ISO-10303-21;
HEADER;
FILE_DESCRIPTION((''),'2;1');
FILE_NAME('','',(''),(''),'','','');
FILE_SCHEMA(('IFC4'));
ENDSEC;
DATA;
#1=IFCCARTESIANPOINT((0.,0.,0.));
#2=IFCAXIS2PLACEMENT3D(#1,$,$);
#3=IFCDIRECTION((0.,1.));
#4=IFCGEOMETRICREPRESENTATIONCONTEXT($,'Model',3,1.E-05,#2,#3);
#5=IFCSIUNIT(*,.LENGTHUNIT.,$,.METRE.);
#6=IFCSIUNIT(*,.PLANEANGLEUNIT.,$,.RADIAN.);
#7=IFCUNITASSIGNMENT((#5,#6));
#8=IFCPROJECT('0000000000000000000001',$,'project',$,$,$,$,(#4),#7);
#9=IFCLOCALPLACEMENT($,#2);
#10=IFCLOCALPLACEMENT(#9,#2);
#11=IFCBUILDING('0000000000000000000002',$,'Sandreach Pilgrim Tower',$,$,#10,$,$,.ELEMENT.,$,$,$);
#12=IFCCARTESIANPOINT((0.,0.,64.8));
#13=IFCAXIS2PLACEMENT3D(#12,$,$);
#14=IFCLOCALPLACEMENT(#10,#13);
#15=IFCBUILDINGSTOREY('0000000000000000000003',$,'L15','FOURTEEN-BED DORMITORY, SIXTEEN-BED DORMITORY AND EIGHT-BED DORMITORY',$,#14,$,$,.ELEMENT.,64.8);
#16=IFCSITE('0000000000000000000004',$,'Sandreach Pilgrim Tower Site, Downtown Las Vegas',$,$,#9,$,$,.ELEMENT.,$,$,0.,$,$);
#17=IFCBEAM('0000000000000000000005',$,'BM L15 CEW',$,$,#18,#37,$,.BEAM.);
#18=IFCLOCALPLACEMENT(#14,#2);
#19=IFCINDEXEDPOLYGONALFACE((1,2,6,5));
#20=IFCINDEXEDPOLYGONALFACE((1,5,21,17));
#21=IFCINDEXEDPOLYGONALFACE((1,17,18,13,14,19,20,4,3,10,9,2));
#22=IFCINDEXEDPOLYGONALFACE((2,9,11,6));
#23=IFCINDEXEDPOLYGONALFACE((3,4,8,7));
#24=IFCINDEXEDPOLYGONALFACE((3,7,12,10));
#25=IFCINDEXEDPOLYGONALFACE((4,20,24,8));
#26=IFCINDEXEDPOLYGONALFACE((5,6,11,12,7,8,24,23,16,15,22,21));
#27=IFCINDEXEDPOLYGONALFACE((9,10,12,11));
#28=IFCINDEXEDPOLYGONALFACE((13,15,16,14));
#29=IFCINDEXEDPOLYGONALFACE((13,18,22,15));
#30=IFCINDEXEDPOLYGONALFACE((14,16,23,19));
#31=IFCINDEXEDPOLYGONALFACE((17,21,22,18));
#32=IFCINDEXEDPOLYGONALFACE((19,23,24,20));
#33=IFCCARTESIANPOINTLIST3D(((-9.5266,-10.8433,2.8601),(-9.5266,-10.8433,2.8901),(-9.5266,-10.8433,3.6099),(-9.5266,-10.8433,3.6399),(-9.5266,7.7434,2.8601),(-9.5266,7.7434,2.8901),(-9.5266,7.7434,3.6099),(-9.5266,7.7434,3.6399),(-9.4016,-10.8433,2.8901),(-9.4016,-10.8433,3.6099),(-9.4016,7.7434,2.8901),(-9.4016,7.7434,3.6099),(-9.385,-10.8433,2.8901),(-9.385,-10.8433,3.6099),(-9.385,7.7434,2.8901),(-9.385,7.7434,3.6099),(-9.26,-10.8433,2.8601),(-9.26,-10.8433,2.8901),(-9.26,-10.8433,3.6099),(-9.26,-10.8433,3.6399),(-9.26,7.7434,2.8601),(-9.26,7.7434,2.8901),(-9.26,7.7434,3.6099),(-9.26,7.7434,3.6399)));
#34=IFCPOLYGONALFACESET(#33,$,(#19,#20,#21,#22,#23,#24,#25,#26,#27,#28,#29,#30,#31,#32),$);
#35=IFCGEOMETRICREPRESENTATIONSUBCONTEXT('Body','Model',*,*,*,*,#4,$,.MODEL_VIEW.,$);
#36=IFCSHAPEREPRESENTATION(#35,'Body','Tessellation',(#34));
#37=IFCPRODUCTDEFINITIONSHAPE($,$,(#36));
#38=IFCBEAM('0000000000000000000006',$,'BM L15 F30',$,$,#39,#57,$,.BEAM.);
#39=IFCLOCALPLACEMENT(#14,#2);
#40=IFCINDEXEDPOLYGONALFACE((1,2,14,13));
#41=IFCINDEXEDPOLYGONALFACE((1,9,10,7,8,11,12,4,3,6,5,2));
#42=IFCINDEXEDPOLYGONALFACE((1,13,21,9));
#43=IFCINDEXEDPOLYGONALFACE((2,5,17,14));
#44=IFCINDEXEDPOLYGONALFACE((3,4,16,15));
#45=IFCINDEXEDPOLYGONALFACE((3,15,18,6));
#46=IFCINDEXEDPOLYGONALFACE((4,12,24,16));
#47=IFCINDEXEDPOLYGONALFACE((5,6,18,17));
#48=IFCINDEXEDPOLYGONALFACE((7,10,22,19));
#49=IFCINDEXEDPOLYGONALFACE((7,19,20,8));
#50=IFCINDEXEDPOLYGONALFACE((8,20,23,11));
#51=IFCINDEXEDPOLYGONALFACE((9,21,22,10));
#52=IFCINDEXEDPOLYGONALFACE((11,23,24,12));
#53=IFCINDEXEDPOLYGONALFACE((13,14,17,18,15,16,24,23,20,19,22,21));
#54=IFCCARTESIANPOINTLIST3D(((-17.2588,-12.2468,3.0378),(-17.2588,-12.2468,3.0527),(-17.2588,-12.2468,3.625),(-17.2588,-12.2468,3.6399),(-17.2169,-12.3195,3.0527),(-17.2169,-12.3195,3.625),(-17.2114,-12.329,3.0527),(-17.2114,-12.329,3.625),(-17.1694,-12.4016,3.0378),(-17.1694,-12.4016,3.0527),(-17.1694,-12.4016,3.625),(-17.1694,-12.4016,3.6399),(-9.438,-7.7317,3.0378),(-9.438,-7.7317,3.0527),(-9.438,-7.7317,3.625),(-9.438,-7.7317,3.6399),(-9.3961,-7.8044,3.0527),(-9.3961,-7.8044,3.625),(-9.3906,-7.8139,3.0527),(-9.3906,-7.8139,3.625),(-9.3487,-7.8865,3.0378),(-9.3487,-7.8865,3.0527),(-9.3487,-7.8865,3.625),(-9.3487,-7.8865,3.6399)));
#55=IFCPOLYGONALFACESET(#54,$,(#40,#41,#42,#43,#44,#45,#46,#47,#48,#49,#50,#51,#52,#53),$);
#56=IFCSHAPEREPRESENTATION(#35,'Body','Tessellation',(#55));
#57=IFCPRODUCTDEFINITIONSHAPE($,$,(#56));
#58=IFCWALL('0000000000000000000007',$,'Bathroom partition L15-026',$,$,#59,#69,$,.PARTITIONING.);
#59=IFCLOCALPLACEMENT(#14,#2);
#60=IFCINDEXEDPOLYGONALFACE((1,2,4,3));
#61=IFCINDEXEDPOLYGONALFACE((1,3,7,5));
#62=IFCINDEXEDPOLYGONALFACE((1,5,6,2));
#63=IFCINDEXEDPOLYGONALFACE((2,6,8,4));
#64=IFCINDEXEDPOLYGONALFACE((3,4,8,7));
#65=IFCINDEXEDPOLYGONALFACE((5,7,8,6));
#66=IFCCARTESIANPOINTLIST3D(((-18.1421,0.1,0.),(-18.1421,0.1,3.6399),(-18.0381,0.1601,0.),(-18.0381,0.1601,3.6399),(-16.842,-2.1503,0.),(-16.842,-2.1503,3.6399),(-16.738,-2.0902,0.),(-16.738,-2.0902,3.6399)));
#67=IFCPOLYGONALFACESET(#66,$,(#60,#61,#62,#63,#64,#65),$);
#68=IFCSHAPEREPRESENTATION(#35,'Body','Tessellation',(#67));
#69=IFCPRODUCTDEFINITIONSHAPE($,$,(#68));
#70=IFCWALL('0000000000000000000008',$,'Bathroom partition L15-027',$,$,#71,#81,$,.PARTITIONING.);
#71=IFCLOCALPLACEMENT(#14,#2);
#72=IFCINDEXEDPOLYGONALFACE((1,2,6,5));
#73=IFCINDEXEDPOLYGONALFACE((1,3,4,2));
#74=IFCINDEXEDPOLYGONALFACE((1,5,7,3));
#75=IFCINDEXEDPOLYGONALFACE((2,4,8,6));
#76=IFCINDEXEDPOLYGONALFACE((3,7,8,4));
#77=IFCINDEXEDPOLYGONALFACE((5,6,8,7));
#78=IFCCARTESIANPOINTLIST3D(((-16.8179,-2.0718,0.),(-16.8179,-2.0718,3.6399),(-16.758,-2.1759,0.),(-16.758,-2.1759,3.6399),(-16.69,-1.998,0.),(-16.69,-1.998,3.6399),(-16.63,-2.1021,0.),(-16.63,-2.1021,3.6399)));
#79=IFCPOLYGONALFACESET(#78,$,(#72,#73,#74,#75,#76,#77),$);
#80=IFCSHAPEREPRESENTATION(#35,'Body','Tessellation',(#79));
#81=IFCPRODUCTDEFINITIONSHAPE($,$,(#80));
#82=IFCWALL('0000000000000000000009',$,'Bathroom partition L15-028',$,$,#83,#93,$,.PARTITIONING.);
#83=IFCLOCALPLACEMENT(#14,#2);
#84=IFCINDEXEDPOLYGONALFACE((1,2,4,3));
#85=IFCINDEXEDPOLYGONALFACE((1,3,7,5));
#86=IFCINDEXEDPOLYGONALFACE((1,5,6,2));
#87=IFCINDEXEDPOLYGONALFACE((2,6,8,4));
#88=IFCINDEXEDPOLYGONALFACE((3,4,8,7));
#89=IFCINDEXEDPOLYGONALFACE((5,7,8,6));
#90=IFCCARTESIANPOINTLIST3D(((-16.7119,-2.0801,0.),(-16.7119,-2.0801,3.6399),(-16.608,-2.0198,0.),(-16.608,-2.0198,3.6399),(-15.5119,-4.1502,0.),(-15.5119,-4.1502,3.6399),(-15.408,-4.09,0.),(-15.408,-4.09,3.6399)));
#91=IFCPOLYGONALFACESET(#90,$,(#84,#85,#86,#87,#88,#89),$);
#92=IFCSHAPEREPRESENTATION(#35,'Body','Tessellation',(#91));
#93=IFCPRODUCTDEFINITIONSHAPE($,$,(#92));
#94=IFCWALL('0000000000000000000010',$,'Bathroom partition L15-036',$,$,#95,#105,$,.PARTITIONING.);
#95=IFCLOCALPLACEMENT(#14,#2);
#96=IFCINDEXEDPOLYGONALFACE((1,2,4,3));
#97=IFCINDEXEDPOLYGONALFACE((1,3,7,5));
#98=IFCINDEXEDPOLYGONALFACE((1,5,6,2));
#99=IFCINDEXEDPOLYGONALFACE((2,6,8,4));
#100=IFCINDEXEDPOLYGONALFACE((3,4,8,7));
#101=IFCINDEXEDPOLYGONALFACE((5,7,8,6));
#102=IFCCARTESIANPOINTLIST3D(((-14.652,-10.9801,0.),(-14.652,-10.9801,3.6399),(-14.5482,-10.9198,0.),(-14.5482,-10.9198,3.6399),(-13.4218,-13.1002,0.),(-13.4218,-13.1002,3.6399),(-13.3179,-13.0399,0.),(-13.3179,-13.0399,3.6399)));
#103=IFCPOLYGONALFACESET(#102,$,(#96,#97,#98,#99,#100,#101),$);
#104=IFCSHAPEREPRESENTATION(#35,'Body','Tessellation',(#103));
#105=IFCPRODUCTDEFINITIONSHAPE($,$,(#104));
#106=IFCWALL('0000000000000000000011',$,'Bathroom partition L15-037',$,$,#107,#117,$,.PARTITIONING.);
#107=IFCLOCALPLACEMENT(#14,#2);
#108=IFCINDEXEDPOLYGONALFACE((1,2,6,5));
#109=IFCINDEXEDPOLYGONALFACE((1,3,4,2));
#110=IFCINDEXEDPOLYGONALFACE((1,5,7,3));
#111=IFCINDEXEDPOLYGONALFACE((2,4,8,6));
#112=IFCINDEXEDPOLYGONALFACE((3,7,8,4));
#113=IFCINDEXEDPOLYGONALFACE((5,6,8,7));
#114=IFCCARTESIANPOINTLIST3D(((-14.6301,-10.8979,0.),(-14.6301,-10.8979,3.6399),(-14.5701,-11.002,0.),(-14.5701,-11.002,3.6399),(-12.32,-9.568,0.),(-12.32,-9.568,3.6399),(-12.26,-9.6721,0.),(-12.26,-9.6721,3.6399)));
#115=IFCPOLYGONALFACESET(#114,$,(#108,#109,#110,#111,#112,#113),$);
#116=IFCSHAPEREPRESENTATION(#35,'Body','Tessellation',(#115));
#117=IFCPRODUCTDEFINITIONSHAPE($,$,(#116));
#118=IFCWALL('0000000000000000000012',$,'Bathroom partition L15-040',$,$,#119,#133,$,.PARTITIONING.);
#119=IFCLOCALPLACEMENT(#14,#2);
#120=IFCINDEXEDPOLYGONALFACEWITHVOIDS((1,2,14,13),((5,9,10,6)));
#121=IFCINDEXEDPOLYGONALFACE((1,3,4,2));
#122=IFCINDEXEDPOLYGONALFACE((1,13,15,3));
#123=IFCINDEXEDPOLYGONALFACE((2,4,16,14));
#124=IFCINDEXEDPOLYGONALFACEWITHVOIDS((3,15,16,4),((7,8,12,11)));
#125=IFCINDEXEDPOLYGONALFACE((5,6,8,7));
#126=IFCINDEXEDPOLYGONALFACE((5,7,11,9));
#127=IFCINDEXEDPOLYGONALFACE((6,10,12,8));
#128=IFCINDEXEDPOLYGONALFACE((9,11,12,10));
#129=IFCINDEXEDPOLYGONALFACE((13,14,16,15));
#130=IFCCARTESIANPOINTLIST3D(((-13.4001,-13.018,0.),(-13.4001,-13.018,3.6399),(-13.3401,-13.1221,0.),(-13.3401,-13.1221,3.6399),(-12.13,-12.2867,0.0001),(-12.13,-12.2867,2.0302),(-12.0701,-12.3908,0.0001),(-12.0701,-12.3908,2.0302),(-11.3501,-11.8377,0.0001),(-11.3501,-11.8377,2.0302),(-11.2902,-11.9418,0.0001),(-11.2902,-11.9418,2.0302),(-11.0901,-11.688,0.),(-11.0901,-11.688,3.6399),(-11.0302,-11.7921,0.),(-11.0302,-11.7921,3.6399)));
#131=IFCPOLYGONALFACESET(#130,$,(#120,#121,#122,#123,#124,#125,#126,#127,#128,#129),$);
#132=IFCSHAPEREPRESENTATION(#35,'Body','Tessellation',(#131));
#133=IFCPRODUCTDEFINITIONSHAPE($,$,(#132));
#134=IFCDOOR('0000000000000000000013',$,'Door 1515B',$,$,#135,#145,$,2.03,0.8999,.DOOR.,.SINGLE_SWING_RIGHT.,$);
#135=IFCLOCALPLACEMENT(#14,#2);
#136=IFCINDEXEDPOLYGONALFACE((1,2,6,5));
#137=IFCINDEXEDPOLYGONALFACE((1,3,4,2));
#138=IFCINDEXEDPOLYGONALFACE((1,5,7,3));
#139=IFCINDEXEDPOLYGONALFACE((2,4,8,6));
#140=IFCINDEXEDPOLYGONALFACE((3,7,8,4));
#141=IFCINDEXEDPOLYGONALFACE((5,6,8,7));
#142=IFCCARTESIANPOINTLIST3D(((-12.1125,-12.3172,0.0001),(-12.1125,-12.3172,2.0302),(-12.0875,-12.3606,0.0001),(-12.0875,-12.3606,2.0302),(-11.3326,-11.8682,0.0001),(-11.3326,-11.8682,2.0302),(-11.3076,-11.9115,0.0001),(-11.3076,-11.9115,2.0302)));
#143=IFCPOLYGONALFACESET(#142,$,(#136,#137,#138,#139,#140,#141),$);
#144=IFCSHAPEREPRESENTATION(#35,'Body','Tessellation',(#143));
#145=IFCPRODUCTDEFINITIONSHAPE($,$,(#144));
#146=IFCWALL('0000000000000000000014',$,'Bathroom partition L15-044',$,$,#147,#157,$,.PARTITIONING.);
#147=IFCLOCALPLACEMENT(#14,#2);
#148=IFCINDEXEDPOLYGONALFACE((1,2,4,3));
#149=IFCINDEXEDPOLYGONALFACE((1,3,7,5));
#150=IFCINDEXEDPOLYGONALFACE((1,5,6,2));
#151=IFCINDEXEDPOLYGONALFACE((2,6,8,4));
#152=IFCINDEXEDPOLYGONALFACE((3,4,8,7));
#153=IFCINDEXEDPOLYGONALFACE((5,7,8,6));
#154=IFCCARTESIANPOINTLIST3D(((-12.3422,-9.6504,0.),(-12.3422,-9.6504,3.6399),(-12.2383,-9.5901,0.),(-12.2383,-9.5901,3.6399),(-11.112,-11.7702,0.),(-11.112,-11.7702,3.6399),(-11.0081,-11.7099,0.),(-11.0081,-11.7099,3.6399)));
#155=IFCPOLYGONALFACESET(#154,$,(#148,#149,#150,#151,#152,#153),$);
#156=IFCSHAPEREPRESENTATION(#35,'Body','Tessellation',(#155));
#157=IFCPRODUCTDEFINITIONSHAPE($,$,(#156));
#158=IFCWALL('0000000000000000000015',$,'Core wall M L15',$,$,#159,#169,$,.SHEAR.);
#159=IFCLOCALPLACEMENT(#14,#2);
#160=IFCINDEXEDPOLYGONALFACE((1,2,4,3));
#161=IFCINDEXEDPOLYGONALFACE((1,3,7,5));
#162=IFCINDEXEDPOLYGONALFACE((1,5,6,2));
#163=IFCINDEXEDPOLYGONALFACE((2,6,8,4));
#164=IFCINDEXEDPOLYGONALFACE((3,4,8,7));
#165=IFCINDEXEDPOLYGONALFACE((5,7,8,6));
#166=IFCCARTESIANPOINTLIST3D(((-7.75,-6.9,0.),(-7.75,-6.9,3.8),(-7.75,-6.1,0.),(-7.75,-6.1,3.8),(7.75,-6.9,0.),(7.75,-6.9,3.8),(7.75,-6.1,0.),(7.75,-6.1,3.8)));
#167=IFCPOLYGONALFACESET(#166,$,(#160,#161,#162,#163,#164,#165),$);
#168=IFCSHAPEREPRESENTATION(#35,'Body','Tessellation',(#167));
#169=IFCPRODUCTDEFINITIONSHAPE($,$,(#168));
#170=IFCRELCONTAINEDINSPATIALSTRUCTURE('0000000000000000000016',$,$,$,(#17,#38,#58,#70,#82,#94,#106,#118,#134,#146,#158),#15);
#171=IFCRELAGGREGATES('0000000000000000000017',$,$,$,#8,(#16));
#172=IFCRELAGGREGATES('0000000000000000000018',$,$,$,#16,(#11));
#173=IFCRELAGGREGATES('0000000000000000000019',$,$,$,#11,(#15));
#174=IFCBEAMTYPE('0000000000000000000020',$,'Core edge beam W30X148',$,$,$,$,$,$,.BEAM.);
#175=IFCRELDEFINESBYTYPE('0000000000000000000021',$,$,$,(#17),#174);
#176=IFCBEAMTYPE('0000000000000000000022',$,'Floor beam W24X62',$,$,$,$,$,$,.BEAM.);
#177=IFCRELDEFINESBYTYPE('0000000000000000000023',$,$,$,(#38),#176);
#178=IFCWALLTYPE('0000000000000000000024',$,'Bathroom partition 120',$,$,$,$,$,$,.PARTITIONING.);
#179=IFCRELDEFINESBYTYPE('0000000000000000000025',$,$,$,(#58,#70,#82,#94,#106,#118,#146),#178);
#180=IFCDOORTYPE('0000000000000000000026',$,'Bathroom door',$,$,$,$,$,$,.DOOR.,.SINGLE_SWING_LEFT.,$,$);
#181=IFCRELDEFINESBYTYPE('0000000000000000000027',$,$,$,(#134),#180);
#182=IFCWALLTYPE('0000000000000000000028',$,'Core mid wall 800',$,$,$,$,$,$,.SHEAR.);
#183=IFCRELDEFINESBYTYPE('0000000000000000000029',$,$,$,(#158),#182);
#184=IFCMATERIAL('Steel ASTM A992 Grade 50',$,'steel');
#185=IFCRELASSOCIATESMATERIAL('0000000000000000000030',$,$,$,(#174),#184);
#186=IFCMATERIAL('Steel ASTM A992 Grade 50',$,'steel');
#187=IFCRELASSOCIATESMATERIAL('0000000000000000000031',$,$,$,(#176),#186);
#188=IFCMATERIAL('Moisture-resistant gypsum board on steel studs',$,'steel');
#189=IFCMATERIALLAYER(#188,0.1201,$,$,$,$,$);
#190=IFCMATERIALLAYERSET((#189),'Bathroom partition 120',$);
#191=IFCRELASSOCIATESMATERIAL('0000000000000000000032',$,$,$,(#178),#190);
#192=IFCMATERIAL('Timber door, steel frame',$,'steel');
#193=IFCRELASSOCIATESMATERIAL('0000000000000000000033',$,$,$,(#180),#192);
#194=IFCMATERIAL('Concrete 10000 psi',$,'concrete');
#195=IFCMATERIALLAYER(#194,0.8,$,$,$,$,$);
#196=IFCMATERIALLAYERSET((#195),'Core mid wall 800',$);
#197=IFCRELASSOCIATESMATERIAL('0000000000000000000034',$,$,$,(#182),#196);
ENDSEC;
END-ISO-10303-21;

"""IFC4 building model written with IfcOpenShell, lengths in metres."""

from ifc_helpers import new_model, si_unit, direction, frame, frame_2d, origin, origin_2d, place, context, subcontext, project, spatial, rectangle, i_section, extrude, material, layer, layer_set, material_profile, profile_set, type_object, element, fill, save


model = new_model("IFC4")

# Units and contexts
model_context = context("Model", 3, precision=1e-05, world=origin(), true_north=direction((0.0, 1.0)))
body_context = subcontext(model_context, "Body", "Model", "MODEL_VIEW")
ifc_project = project(units=[si_unit("LENGTHUNIT", "METRE"), si_unit("PLANEANGLEUNIT", "RADIAN")], contexts=[model_context])

# Site, building, storey
site_placement = place(None, origin())
site = spatial("IfcSite", under=ifc_project, at=site_placement, Name="Sandreach Pilgrim Tower Site, Downtown Las Vegas", CompositionType="ELEMENT", RefElevation=0.0)
building_placement = place(site_placement, origin())
building = spatial("IfcBuilding", under=site, at=building_placement, Name="Sandreach Pilgrim Tower", CompositionType="ELEMENT")
storey_placement = place(building_placement, frame((0.0, 0.0, 64.8)))
storey = spatial("IfcBuildingStorey", under=building, at=storey_placement, Name="L15", Description="FOURTEEN-BED DORMITORY, SIXTEEN-BED DORMITORY AND EIGHT-BED DORMITORY", CompositionType="ELEMENT", Elevation=64.8)

# Beams
ifc_material_1 = material(Name="Steel ASTM A992 Grade 50", Category="steel")
ifc_material_profile_1 = material_profile(ifc_material_1, i_section(OverallWidth=0.2666, OverallDepth=0.7798, WebThickness=0.0166, FlangeThickness=0.03, at=origin_2d()), Name="W30X148")
ifc_profile_set_1 = profile_set([ifc_material_profile_1], Name="Steel ASTM A992 Grade 50")
beam_type_1 = type_object("IfcBeamType", Name="Core edge beam W30X148", PredefinedType="BEAM", material=ifc_profile_set_1)
beam_1_placement = place(storey_placement, frame((-9.3933, -10.8433, 3.25), z_axis=(0.0, 1.0, 0.0), x_axis=(-1.0, 0.0, 0.0)))
element("IfcBeam", 1, at=beam_1_placement, inside=storey, type_object=beam_type_1, Name="BM L15 CEW", PredefinedType="BEAM", context=body_context, shape_type="SweptSolid", body=[
    extrude(i_section(OverallWidth=0.2666, OverallDepth=0.7798, WebThickness=0.0166, FlangeThickness=0.03, at=origin_2d()), origin(), (0.0, 0.0, 1.0), 18.5867),
])
ifc_material_2 = material(Name="Steel ASTM A992 Grade 50", Category="steel")
ifc_material_profile_2 = material_profile(ifc_material_2, i_section(OverallWidth=0.1787, OverallDepth=0.6021, WebThickness=0.011, FlangeThickness=0.0149, at=origin_2d()), Name="W24X62")
ifc_profile_set_2 = profile_set([ifc_material_profile_2], Name="Steel ASTM A992 Grade 50")
beam_type_2 = type_object("IfcBeamType", Name="Floor beam W24X62", PredefinedType="BEAM", material=ifc_profile_set_2)
beam_2_placement = place(storey_placement, frame((-17.2141, -12.3242, 3.3389), z_axis=(0.866035, 0.499983, 0.0), x_axis=(-0.499983, 0.866035, 0.0)))
element("IfcBeam", 2, at=beam_2_placement, inside=storey, type_object=beam_type_2, Name="BM L15 F30", PredefinedType="BEAM", context=body_context, shape_type="SweptSolid", body=[
    extrude(i_section(OverallWidth=0.1787, OverallDepth=0.6021, WebThickness=0.011, FlangeThickness=0.0149, at=origin_2d()), origin(), (0.0, 0.0, 1.0), 9.0305),
])

# Walls
ifc_material_3 = material(Name="Moisture-resistant gypsum board on steel studs", Category="steel")
ifc_layer_1 = layer(ifc_material_3, 0.1201)
ifc_layer_set_1 = layer_set([ifc_layer_1], Name="Bathroom partition 120")
wall_type_1 = type_object("IfcWallType", Name="Bathroom partition 120", PredefinedType="PARTITIONING", material=ifc_layer_set_1)
wall_1_placement = place(storey_placement, frame((-16.79, -2.1201, 0.0), z_axis=(0.0, 0.0, 1.0), x_axis=(-0.500251, 0.86588, 0.0)))
element("IfcWall", 3, at=wall_1_placement, inside=storey, type_object=wall_type_1, Name="Bathroom partition L15-026", PredefinedType="PARTITIONING", context=body_context, shape_type="SweptSolid", body=[
    extrude(rectangle(XDim=2.5989, YDim=0.1201, at=frame_2d((1.2993, 0.0))), origin(), (0.0, 0.0, 1.0), 3.6399),
])
wall_2_placement = place(storey_placement, frame((-16.7878, -2.1238, 0.0), z_axis=(0.0, 0.0, 1.0), x_axis=(0.866406, 0.499341, 0.0)))
element("IfcWall", 4, at=wall_2_placement, inside=storey, type_object=wall_type_1, Name="Bathroom partition L15-027", PredefinedType="PARTITIONING", context=body_context, shape_type="SweptSolid", body=[
    extrude(rectangle(XDim=0.1477, YDim=0.1201, at=frame_2d((0.0737, 0.0))), origin(), (0.0, 0.0, 1.0), 3.6399),
])
wall_3_placement = place(storey_placement, frame((-16.6599, -2.05, 0.0), z_axis=(0.0, 0.0, 1.0), x_axis=(0.501503, -0.865156, 0.0)))
element("IfcWall", 5, at=wall_3_placement, inside=storey, type_object=wall_type_1, Name="Bathroom partition L15-028", PredefinedType="PARTITIONING", context=body_context, shape_type="SweptSolid", body=[
    extrude(rectangle(XDim=2.3928, YDim=0.1201, at=frame_2d((1.1963, 0.0))), origin(), (0.0, 0.0, 1.0), 3.6399),
])
wall_4_placement = place(storey_placement, frame((-14.6001, -10.95, 0.0), z_axis=(0.0, 0.0, 1.0), x_axis=(0.501888, -0.864933, 0.0)))
element("IfcWall", 6, at=wall_4_placement, inside=storey, type_object=wall_type_1, Name="Bathroom partition L15-036", PredefinedType="PARTITIONING", context=body_context, shape_type="SweptSolid", body=[
    extrude(rectangle(XDim=2.4512, YDim=0.1201, at=frame_2d((1.2256, 0.0))), origin(), (0.0, 0.0, 1.0), 3.6399),
])
wall_5_placement = place(storey_placement, frame((-14.6001, -10.95, 0.0), z_axis=(0.0, 0.0, 1.0), x_axis=(0.866655, 0.498908, 0.0)))
element("IfcWall", 7, at=wall_5_placement, inside=storey, type_object=wall_type_1, Name="Bathroom partition L15-037", PredefinedType="PARTITIONING", context=body_context, shape_type="SweptSolid", body=[
    extrude(rectangle(XDim=2.6655, YDim=0.1201, at=frame_2d((1.3328, 0.0))), origin(), (0.0, 0.0, 1.0), 3.6399),
])

# Wall, opening, door
wall_6_placement = place(storey_placement, frame((-13.3701, -13.0701, 0.0), z_axis=(0.0, 0.0, 1.0), x_axis=(0.866615, 0.498977, 0.0)))
wall_6 = element("IfcWall", 8, at=wall_6_placement, inside=storey, type_object=wall_type_1, Name="Bathroom partition L15-040", PredefinedType="PARTITIONING", context=body_context, shape_type="SweptSolid", body=[
    extrude(rectangle(XDim=2.6655, YDim=0.1201, at=frame_2d((1.3328, 0.0))), origin(), (0.0, 0.0, 1.0), 3.6399),
])
opening_1_placement = place(wall_6_placement, frame((1.4656, 0.0, 0.0)))
opening_1 = element("IfcOpeningElement", 9, at=opening_1_placement, cuts=wall_6, PredefinedType="OPENING", context=body_context, shape_type="SweptSolid", body=[
    extrude(rectangle(XDim=0.8999, YDim=2.03, at=frame_2d((0.45, 1.0151))), frame((0.0, 0.0601, 0.0), z_axis=(0.0, -1.0, 0.0), x_axis=(1.0, 0.0, 0.0)), (0.0, 0.0, 1.0), 0.1201),
])
ifc_material_4 = material(Name="Timber door, steel frame", Category="steel")
door_type_1 = type_object("IfcDoorType", Name="Bathroom door", OperationType="SINGLE_SWING_LEFT", PredefinedType="DOOR", material=ifc_material_4)
door_1_placement = place(opening_1_placement, origin())
door_1 = element("IfcDoor", 10, at=door_1_placement, inside=storey, type_object=door_type_1, Name="Door 1515B", OperationType="SINGLE_SWING_RIGHT", OverallHeight=2.03, OverallWidth=0.8999, PredefinedType="DOOR", context=body_context, shape_type="SweptSolid", body=[
    extrude(rectangle(XDim=0.8999, YDim=2.03, at=frame_2d((0.45, 1.0151))), frame((0.0, 0.0249, 0.0), z_axis=(0.0, -1.0, 0.0), x_axis=(1.0, 0.0, 0.0)), (0.0, 0.0, 1.0), 0.05),
])
fill(opening_1, door_1)

# Walls
wall_7_placement = place(storey_placement, frame((-12.2903, -9.6201, 0.0), z_axis=(0.0, 0.0, 1.0), x_axis=(0.501931, -0.864908, 0.0)))
element("IfcWall", 11, at=wall_7_placement, inside=storey, type_object=wall_type_1, Name="Bathroom partition L15-044", PredefinedType="PARTITIONING", context=body_context, shape_type="SweptSolid", body=[
    extrude(rectangle(XDim=2.4509, YDim=0.1201, at=frame_2d((1.2256, 0.0))), origin(), (0.0, 0.0, 1.0), 3.6399),
])
ifc_material_5 = material(Name="Concrete 10000 psi", Category="concrete")
ifc_layer_2 = layer(ifc_material_5, 0.8)
ifc_layer_set_2 = layer_set([ifc_layer_2], Name="Core mid wall 800")
wall_type_2 = type_object("IfcWallType", Name="Core mid wall 800", PredefinedType="SHEAR", material=ifc_layer_set_2)
wall_8_placement = place(storey_placement, frame((-7.75, -6.5, 0.0), z_axis=(0.0, 0.0, 1.0), x_axis=(1.0, 0.0, 0.0)))
element("IfcWall", 12, at=wall_8_placement, inside=storey, type_object=wall_type_2, Name="Core wall M L15", PredefinedType="SHEAR", context=body_context, shape_type="SweptSolid", body=[
    extrude(rectangle(XDim=15.5, YDim=0.8, at=frame_2d((7.75, 0.0))), origin(), (0.0, 0.0, 1.0), 3.8),
])

save(model, "model.ifc")
